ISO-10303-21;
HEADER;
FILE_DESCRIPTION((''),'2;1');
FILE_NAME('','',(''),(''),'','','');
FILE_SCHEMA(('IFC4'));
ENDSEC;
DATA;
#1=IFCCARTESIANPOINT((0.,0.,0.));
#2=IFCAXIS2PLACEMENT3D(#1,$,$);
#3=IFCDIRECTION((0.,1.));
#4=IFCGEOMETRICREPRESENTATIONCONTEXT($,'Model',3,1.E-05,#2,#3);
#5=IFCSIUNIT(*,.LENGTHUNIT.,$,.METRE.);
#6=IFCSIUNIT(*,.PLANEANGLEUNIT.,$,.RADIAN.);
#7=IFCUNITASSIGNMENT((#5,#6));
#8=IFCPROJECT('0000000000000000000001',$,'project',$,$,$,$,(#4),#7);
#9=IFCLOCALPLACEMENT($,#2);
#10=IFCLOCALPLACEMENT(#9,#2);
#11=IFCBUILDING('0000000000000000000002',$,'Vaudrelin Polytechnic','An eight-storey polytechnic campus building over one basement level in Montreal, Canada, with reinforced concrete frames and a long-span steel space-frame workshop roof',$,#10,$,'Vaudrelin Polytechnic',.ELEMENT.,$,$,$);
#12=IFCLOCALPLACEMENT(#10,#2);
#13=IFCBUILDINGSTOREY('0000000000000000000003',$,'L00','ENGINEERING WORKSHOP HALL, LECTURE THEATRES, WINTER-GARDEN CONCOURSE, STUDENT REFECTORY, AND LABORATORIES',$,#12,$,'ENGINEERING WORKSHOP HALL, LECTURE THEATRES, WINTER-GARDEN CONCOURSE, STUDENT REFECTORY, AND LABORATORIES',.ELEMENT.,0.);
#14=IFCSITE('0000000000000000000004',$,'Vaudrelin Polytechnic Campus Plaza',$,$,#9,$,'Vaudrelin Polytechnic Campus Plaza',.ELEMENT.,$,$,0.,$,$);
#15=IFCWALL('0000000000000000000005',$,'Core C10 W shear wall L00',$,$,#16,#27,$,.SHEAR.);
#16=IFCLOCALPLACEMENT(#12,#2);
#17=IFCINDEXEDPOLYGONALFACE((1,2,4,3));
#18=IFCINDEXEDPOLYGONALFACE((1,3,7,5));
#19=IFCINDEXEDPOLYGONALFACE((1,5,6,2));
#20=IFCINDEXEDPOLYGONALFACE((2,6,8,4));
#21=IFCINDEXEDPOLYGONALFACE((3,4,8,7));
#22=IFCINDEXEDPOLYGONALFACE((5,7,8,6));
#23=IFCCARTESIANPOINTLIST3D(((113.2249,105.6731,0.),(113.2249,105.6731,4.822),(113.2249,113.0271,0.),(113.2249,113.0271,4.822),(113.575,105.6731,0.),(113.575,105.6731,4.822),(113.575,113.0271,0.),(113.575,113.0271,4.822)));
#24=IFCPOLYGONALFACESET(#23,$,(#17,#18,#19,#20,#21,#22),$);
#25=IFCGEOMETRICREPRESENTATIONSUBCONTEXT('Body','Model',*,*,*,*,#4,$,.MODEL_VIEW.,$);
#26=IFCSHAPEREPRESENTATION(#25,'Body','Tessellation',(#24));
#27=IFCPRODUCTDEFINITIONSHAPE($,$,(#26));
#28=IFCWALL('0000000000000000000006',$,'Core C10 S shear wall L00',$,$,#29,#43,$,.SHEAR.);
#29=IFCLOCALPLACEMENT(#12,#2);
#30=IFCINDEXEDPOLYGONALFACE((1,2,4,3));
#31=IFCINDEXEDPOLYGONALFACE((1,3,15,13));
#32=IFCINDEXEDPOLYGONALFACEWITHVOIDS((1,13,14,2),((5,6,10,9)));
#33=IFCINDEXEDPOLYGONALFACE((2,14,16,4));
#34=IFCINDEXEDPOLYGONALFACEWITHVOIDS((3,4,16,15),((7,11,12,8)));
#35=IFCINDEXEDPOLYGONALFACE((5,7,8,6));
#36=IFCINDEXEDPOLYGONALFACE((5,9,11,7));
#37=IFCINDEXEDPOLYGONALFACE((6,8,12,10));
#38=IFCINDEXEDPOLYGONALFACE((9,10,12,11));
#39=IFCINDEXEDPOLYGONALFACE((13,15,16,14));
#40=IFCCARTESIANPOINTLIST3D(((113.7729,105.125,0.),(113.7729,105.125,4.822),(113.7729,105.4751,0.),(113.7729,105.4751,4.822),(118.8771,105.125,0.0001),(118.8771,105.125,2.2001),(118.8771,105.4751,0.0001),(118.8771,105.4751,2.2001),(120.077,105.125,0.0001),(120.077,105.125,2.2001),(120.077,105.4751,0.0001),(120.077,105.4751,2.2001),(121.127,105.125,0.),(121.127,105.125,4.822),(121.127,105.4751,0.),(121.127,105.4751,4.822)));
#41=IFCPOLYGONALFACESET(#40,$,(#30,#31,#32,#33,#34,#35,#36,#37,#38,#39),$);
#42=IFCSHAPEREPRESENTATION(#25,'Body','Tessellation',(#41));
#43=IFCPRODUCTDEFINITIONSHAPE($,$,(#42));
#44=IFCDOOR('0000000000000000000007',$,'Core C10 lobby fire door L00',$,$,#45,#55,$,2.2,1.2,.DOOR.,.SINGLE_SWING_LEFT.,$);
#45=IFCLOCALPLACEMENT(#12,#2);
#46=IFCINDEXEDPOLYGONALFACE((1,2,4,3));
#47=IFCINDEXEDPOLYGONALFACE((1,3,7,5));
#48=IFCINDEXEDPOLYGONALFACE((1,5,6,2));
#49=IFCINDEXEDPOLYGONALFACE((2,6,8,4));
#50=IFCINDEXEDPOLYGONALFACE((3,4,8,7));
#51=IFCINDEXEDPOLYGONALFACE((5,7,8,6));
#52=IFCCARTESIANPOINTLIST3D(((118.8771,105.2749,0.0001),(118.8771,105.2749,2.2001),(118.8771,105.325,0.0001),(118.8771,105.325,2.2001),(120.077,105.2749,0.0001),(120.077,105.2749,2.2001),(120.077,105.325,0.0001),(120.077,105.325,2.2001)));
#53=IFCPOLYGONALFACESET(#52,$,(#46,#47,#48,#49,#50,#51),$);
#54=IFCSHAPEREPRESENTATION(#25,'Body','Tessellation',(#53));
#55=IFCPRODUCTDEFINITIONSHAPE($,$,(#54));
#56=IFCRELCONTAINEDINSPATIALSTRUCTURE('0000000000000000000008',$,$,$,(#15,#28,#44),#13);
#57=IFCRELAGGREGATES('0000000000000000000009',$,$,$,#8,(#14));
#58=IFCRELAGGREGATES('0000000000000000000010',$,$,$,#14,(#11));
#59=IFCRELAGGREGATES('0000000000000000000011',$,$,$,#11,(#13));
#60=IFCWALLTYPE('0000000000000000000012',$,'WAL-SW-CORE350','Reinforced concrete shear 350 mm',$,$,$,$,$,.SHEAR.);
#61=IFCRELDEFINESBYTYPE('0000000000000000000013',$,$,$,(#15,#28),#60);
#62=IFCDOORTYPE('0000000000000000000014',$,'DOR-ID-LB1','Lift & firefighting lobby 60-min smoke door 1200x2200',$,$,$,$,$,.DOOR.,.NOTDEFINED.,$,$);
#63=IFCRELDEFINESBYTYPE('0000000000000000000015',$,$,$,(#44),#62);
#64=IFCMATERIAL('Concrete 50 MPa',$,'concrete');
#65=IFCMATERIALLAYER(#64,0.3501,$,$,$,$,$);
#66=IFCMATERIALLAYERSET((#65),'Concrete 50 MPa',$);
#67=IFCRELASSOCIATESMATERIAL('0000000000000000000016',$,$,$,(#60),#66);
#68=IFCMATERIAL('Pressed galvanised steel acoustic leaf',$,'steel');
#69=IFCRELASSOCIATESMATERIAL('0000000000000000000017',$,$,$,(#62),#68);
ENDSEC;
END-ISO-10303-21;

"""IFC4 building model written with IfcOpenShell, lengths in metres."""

from ifc_helpers import new_model, si_unit, direction, frame, frame_2d, origin, place, context, subcontext, project, spatial, rectangle, extrude, material, layer, layer_set, type_object, element, fill, save


model = new_model("IFC4")

# Units and contexts
model_context = context("Model", 3, precision=1e-05, world=origin(), true_north=direction((0.0, 1.0)))
body_context = subcontext(model_context, "Body", "Model", "MODEL_VIEW")
ifc_project = project(units=[si_unit("LENGTHUNIT", "METRE"), si_unit("PLANEANGLEUNIT", "RADIAN")], contexts=[model_context])

# Site, building, storey
site_placement = place(None, origin())
site = spatial("IfcSite", under=ifc_project, at=site_placement, Name="Vaudrelin Polytechnic Campus Plaza", LongName="Vaudrelin Polytechnic Campus Plaza", CompositionType="ELEMENT", RefElevation=0.0)
building_placement = place(site_placement, origin())
building = spatial("IfcBuilding", under=site, at=building_placement, Name="Vaudrelin Polytechnic", Description="An eight-storey polytechnic campus building over one basement level in Montreal, Canada, with reinforced concrete frames and a long-span steel space-frame workshop roof", LongName="Vaudrelin Polytechnic", CompositionType="ELEMENT")
storey_placement = place(building_placement, origin())
storey = spatial("IfcBuildingStorey", under=building, at=storey_placement, Name="L00", Description="ENGINEERING WORKSHOP HALL, LECTURE THEATRES, WINTER-GARDEN CONCOURSE, STUDENT REFECTORY, AND LABORATORIES", LongName="ENGINEERING WORKSHOP HALL, LECTURE THEATRES, WINTER-GARDEN CONCOURSE, STUDENT REFECTORY, AND LABORATORIES", CompositionType="ELEMENT", Elevation=0.0)

# Shared definitions
ifc_material_1 = material(Name="Concrete 50 MPa", Category="concrete")

# Shared definitions
ifc_material_2 = material(Name="Pressed galvanised steel acoustic leaf", Category="steel")

# Wall
ifc_layer_1 = layer(ifc_material_1, 0.3501)
ifc_layer_set_1 = layer_set([ifc_layer_1], Name="Concrete 50 MPa")
wall_type_1 = type_object("IfcWallType", Name="WAL-SW-CORE350", Description="Reinforced concrete shear 350 mm", PredefinedType="SHEAR", material=ifc_layer_set_1)
wall_1_placement = place(storey_placement, frame((113.3999, 105.6731, 0.0), z_axis=(0.0, 0.0, 1.0), x_axis=(0.0, 1.0, 0.0)))
element("IfcWall", 1, at=wall_1_placement, inside=storey, type_object=wall_type_1, Name="Core C10 W shear wall L00", PredefinedType="SHEAR", context=body_context, shape_type="SweptSolid", body=[
    extrude(rectangle(XDim=7.354, YDim=0.3501, at=frame_2d((3.677, 0.0))), origin(), (0.0, 0.0, 1.0), 4.822),
])

# Wall, opening, door
wall_2_placement = place(storey_placement, frame((113.7729, 105.3, 0.0), z_axis=(0.0, 0.0, 1.0), x_axis=(1.0, 0.0, 0.0)))
wall_2 = element("IfcWall", 2, at=wall_2_placement, inside=storey, type_object=wall_type_1, Name="Core C10 S shear wall L00", PredefinedType="SHEAR", context=body_context, shape_type="SweptSolid", body=[
    extrude(rectangle(XDim=7.354, YDim=0.3501, at=frame_2d((3.677, 0.0))), origin(), (0.0, 0.0, 1.0), 4.822),
])
opening_1_placement = place(wall_2_placement, frame((5.104, 0.0, 0.0)))
opening_1 = element("IfcOpeningElement", 3, at=opening_1_placement, cuts=wall_2, PredefinedType="OPENING", context=body_context, shape_type="SweptSolid", body=[
    extrude(rectangle(XDim=1.2, YDim=2.2, at=frame_2d((0.6001, 1.1001))), frame((0.0, 0.1851, 0.0), z_axis=(0.0, -1.0, 0.0), x_axis=(1.0, 0.0, 0.0)), (0.0, 0.0, 1.0), 0.3701),
])
door_type_1 = type_object("IfcDoorType", Name="DOR-ID-LB1", Description="Lift & firefighting lobby 60-min smoke door 1200x2200", OperationType="NOTDEFINED", PredefinedType="DOOR", material=ifc_material_2)
door_1_placement = place(opening_1_placement, origin())
door_1 = element("IfcDoor", 4, at=door_1_placement, inside=storey, type_object=door_type_1, Name="Core C10 lobby fire door L00", OperationType="SINGLE_SWING_LEFT", OverallHeight=2.2, OverallWidth=1.2, PredefinedType="DOOR", context=body_context, shape_type="SweptSolid", body=[
    extrude(rectangle(XDim=1.2, YDim=2.2, at=frame_2d((0.6001, 1.1001))), frame((0.0, 0.0249, 0.0), z_axis=(0.0, -1.0, 0.0), x_axis=(1.0, 0.0, 0.0)), (0.0, 0.0, 1.0), 0.05),
])
fill(opening_1, door_1)

save(model, "model.ifc")
